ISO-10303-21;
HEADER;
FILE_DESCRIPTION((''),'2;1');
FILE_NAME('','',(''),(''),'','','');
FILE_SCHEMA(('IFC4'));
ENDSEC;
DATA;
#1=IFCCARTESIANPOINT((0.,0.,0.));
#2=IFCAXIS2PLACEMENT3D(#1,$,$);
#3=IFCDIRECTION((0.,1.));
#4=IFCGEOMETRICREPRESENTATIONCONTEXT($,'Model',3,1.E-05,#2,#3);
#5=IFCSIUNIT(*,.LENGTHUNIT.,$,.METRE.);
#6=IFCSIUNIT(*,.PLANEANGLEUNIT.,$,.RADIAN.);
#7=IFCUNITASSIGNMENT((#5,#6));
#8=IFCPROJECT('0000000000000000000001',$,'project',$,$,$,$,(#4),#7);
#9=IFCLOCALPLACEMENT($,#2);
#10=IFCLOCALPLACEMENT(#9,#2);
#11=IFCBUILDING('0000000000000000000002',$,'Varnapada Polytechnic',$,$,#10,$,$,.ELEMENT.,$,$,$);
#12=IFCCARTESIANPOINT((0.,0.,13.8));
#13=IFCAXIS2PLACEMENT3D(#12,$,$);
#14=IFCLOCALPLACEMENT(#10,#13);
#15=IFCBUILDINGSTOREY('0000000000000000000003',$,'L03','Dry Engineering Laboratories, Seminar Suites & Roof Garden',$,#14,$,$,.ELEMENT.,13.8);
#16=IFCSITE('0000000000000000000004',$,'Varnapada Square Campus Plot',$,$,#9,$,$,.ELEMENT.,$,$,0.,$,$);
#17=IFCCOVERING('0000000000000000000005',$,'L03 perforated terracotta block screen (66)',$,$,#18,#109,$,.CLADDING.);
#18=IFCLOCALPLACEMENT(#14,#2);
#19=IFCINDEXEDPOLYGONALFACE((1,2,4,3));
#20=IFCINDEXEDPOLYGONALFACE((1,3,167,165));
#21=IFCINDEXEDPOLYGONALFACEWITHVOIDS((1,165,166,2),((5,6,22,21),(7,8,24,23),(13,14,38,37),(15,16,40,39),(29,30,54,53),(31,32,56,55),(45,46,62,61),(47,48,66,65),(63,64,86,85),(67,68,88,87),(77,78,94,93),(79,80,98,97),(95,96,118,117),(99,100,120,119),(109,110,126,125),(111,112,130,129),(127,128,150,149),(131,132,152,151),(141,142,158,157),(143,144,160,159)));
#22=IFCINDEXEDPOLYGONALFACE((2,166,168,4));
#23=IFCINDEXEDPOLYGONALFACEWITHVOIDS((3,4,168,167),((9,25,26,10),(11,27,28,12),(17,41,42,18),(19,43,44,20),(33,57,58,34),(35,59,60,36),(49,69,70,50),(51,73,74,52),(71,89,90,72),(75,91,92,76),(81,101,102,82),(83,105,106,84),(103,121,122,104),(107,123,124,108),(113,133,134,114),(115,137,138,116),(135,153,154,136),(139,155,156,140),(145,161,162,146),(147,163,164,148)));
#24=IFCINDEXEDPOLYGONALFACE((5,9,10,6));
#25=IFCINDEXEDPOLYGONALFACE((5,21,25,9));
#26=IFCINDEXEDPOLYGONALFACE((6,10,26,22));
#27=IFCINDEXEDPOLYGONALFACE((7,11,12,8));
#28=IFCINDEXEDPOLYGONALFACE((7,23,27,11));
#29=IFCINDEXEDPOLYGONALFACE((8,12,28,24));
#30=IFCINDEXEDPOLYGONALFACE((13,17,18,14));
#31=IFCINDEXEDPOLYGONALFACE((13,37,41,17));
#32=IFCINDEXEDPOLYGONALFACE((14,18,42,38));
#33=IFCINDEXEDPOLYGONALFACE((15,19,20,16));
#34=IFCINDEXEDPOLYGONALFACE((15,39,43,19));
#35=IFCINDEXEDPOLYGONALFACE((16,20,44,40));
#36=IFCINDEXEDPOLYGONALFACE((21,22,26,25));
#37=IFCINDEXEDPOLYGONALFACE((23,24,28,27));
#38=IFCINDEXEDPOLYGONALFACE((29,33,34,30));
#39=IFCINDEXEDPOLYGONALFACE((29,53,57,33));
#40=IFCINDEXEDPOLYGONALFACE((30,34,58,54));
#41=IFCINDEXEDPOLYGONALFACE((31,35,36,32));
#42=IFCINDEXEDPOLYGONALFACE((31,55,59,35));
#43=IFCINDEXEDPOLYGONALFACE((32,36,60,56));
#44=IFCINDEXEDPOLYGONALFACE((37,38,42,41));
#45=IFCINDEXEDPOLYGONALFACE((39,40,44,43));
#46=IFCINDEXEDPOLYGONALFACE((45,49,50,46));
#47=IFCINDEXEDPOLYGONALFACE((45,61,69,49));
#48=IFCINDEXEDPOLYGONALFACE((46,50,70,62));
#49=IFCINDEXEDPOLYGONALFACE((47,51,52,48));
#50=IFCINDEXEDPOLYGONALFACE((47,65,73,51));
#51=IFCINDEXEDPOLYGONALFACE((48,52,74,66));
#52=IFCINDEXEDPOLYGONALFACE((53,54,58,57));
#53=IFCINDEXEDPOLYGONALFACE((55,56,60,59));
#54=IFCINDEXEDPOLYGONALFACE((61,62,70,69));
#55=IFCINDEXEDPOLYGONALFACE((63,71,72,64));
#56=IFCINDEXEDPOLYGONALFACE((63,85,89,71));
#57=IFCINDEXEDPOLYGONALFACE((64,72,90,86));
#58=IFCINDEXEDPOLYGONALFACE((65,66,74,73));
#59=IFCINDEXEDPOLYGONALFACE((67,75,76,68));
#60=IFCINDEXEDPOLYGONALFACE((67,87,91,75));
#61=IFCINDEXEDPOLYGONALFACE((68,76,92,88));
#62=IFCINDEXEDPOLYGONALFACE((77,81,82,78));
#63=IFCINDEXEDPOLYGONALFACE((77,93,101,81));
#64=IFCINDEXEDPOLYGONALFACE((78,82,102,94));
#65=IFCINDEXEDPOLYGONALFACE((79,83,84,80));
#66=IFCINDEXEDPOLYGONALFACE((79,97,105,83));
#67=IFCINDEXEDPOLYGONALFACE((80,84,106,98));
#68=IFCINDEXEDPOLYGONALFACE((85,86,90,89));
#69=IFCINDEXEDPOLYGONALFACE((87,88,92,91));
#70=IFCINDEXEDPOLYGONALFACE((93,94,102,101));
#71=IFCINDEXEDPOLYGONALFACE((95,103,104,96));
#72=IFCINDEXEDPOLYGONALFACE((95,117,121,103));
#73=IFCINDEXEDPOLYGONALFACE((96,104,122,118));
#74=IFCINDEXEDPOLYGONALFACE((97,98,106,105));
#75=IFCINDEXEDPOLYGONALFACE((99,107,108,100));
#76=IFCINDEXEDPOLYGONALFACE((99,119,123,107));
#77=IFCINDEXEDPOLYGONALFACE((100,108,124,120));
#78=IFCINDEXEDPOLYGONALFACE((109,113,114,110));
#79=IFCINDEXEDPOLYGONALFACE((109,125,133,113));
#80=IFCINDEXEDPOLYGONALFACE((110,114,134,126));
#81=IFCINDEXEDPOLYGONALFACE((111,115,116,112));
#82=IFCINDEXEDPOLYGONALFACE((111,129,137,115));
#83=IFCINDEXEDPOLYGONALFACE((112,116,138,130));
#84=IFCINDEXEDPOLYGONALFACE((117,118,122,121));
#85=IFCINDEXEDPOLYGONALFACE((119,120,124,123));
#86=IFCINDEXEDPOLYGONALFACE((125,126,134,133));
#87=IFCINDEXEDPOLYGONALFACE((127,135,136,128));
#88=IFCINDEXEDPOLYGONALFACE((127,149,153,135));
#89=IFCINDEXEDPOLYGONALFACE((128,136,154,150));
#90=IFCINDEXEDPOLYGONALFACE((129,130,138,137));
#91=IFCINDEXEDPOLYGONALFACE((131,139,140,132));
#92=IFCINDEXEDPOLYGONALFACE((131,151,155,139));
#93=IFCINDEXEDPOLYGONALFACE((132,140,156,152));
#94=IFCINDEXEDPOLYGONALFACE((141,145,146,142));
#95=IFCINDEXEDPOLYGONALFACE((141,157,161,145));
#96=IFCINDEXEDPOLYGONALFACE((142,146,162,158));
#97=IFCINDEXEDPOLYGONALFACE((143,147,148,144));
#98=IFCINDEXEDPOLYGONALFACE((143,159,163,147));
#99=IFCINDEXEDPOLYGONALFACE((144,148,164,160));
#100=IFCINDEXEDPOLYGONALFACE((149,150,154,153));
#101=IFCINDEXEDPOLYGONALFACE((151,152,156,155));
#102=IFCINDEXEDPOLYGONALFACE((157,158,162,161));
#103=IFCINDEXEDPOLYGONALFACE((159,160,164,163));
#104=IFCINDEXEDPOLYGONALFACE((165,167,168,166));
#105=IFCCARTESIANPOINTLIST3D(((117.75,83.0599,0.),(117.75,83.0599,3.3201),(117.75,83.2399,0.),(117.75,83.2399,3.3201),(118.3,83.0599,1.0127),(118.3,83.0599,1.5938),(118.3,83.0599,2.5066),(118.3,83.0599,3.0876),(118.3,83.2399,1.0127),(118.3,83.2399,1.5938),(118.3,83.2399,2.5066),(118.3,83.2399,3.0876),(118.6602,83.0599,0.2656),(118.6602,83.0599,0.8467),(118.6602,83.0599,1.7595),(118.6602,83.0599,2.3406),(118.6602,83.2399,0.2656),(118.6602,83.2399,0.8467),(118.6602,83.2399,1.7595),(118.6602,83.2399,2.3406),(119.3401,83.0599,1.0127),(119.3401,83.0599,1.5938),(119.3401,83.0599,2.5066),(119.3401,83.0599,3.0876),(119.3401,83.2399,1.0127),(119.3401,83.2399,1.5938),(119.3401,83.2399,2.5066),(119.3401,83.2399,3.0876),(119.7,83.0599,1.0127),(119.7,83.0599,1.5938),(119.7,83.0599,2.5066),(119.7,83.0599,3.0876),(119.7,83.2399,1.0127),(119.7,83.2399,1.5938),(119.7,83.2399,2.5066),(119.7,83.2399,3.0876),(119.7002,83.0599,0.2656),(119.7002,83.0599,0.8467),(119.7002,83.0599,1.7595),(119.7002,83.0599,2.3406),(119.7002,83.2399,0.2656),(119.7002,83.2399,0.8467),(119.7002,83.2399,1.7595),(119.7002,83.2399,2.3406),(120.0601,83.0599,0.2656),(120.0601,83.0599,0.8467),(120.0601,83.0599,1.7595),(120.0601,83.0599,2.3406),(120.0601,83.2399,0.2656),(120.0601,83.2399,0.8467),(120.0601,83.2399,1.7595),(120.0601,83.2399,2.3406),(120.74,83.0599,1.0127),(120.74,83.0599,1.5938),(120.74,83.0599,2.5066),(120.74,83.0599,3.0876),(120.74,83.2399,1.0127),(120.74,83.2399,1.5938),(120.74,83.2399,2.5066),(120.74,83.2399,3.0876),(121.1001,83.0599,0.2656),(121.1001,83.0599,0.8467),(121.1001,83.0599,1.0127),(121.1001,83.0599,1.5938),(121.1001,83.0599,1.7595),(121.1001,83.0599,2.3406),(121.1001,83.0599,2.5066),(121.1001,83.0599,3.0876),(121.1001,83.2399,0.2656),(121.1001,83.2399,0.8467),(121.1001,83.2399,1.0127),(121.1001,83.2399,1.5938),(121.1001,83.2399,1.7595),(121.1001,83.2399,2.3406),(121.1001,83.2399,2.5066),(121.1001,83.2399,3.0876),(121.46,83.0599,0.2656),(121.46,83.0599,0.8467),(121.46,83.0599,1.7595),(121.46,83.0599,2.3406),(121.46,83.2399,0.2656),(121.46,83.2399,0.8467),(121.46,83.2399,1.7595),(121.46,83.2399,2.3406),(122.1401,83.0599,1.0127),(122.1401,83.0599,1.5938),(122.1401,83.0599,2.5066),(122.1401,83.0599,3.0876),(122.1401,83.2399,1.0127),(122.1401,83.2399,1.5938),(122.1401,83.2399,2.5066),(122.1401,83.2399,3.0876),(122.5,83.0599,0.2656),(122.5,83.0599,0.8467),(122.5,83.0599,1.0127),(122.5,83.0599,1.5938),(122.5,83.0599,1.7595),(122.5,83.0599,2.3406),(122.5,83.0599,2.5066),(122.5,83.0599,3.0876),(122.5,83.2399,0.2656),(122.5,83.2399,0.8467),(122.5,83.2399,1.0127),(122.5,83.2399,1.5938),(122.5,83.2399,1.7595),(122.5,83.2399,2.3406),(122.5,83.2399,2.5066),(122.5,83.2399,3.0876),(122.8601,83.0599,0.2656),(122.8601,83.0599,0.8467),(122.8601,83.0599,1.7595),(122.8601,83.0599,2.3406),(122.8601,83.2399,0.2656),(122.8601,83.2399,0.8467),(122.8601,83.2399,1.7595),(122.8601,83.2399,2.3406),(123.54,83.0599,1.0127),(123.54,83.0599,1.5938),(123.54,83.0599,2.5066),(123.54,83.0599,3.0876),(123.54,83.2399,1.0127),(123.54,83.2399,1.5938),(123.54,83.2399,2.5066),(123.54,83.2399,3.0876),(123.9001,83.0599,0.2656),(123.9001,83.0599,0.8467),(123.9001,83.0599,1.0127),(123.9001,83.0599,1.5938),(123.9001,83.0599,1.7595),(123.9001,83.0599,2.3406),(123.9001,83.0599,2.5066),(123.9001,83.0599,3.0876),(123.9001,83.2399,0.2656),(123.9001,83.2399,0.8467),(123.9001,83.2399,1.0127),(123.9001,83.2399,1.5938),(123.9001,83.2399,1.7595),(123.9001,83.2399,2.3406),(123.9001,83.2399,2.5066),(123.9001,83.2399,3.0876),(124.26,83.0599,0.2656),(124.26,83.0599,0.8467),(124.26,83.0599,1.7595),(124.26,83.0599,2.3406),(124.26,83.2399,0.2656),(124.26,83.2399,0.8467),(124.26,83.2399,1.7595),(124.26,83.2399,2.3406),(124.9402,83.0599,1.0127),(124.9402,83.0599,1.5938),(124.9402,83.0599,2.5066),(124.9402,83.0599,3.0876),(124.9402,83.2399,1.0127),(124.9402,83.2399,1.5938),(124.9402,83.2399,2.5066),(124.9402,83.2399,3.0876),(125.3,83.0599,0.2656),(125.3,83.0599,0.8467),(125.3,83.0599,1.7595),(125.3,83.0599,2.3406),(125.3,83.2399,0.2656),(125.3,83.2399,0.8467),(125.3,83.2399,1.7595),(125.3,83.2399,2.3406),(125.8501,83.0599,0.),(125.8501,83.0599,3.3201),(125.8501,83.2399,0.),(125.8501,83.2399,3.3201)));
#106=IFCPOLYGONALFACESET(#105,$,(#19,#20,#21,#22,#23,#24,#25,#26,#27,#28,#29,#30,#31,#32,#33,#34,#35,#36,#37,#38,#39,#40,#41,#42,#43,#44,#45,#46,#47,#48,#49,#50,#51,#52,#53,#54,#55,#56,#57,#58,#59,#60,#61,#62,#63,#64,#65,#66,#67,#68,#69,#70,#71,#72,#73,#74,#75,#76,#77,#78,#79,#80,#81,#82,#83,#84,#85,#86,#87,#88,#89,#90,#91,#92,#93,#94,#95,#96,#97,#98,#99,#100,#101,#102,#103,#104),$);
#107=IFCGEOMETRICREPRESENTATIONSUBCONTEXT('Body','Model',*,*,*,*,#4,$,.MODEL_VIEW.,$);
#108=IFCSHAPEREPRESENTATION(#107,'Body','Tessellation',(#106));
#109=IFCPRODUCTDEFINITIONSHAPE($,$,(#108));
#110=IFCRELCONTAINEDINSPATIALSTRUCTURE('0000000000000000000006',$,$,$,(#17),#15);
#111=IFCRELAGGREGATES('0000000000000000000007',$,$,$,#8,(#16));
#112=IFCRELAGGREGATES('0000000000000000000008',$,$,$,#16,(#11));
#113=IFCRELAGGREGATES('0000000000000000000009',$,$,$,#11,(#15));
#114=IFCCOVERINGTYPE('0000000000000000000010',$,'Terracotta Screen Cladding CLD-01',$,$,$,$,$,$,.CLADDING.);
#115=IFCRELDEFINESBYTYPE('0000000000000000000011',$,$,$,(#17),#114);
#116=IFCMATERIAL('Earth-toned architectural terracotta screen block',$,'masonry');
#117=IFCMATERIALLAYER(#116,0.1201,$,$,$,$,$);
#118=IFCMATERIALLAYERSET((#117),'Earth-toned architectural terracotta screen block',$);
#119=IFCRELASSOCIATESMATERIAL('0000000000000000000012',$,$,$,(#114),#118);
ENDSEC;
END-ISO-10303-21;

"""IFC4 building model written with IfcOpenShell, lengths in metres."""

from ifc_helpers import new_model, si_unit, direction, frame, frame_2d, origin, place, context, subcontext, project, spatial, rectangle, extrude, material, layer, layer_set, type_object, element, save


model = new_model("IFC4")

# Units and contexts
model_context = context("Model", 3, precision=1e-05, world=origin(), true_north=direction((0.0, 1.0)))
body_context = subcontext(model_context, "Body", "Model", "MODEL_VIEW")
ifc_project = project(units=[si_unit("LENGTHUNIT", "METRE"), si_unit("PLANEANGLEUNIT", "RADIAN")], contexts=[model_context])

# Site, building, storey
site_placement = place(None, origin())
site = spatial("IfcSite", under=ifc_project, at=site_placement, Name="Varnapada Square Campus Plot", CompositionType="ELEMENT", RefElevation=0.0)
building_placement = place(site_placement, origin())
building = spatial("IfcBuilding", under=site, at=building_placement, Name="Varnapada Polytechnic", CompositionType="ELEMENT")
storey_placement = place(building_placement, frame((0.0, 0.0, 13.8)))
storey = spatial("IfcBuildingStorey", under=building, at=storey_placement, Name="L03", Description="Dry Engineering Laboratories, Seminar Suites & Roof Garden", CompositionType="ELEMENT", Elevation=13.8)

# Covering, openings
ifc_material_1 = material(Name="Earth-toned architectural terracotta screen block", Category="masonry")
ifc_layer_1 = layer(ifc_material_1, 0.1201)
ifc_layer_set_1 = layer_set([ifc_layer_1], Name="Earth-toned architectural terracotta screen block")
covering_type = type_object("IfcCoveringType", Name="Terracotta Screen Cladding CLD-01", PredefinedType="CLADDING", material=ifc_layer_set_1)
covering_placement = place(storey_placement, frame((125.8501, 83.1499, 0.0), z_axis=(0.0, 0.0, 1.0), x_axis=(-1.0, 0.0, 0.0)))
covering = element("IfcCovering", 1, at=covering_placement, inside=storey, type_object=covering_type, Name="L03 perforated terracotta block screen (66)", PredefinedType="CLADDING", context=body_context, shape_type="SweptSolid", body=[
    extrude(rectangle(XDim=8.1001, YDim=0.1799, at=frame_2d((4.05, 0.0))), origin(), (0.0, 0.0, 1.0), 3.3201),
])
opening_1_placement = place(covering_placement, frame((0.55, 0.0, 0.2656)))
element("IfcOpeningElement", 2, at=opening_1_placement, cuts=covering, PredefinedType="OPENING", context=body_context, shape_type="SweptSolid", body=[
    extrude(rectangle(XDim=1.04, YDim=0.5811, at=frame_2d((0.52, 0.2905))), frame((0.0, 0.0999, 0.0), z_axis=(0.0, -1.0, 0.0), x_axis=(1.0, 0.0, 0.0)), (0.0, 0.0, 1.0), 0.2),
])
opening_2_placement = place(covering_placement, frame((1.95, 0.0, 0.2656)))
element("IfcOpeningElement", 3, at=opening_2_placement, cuts=covering, PredefinedType="OPENING", context=body_context, shape_type="SweptSolid", body=[
    extrude(rectangle(XDim=1.04, YDim=0.5811, at=frame_2d((0.52, 0.2905))), frame((0.0, 0.0999, 0.0), z_axis=(0.0, -1.0, 0.0), x_axis=(1.0, 0.0, 0.0)), (0.0, 0.0, 1.0), 0.2),
])
opening_3_placement = place(covering_placement, frame((3.3501, 0.0, 0.2656)))
element("IfcOpeningElement", 4, at=opening_3_placement, cuts=covering, PredefinedType="OPENING", context=body_context, shape_type="SweptSolid", body=[
    extrude(rectangle(XDim=1.04, YDim=0.5811, at=frame_2d((0.52, 0.2905))), frame((0.0, 0.0999, 0.0), z_axis=(0.0, -1.0, 0.0), x_axis=(1.0, 0.0, 0.0)), (0.0, 0.0, 1.0), 0.2),
])
opening_4_placement = place(covering_placement, frame((4.75, 0.0, 0.2656)))
element("IfcOpeningElement", 5, at=opening_4_placement, cuts=covering, PredefinedType="OPENING", context=body_context, shape_type="SweptSolid", body=[
    extrude(rectangle(XDim=1.04, YDim=0.5811, at=frame_2d((0.52, 0.2905))), frame((0.0, 0.0999, 0.0), z_axis=(0.0, -1.0, 0.0), x_axis=(1.0, 0.0, 0.0)), (0.0, 0.0, 1.0), 0.2),
])
opening_5_placement = place(covering_placement, frame((6.1499, 0.0, 0.2656)))
element("IfcOpeningElement", 6, at=opening_5_placement, cuts=covering, PredefinedType="OPENING", context=body_context, shape_type="SweptSolid", body=[
    extrude(rectangle(XDim=1.04, YDim=0.5811, at=frame_2d((0.52, 0.2905))), frame((0.0, 0.0999, 0.0), z_axis=(0.0, -1.0, 0.0), x_axis=(1.0, 0.0, 0.0)), (0.0, 0.0, 1.0), 0.2),
])
opening_6_placement = place(covering_placement, frame((0.9099, 0.0, 1.0127)))
element("IfcOpeningElement", 7, at=opening_6_placement, cuts=covering, PredefinedType="OPENING", context=body_context, shape_type="SweptSolid", body=[
    extrude(rectangle(XDim=1.04, YDim=0.5811, at=frame_2d((0.52, 0.2905))), frame((0.0, 0.0999, 0.0), z_axis=(0.0, -1.0, 0.0), x_axis=(1.0, 0.0, 0.0)), (0.0, 0.0, 1.0), 0.2),
])
opening_7_placement = place(covering_placement, frame((2.3101, 0.0, 1.0127)))
element("IfcOpeningElement", 8, at=opening_7_placement, cuts=covering, PredefinedType="OPENING", context=body_context, shape_type="SweptSolid", body=[
    extrude(rectangle(XDim=1.04, YDim=0.5811, at=frame_2d((0.52, 0.2905))), frame((0.0, 0.0999, 0.0), z_axis=(0.0, -1.0, 0.0), x_axis=(1.0, 0.0, 0.0)), (0.0, 0.0, 1.0), 0.2),
])
opening_8_placement = place(covering_placement, frame((3.71, 0.0, 1.0127)))
element("IfcOpeningElement", 9, at=opening_8_placement, cuts=covering, PredefinedType="OPENING", context=body_context, shape_type="SweptSolid", body=[
    extrude(rectangle(XDim=1.04, YDim=0.5811, at=frame_2d((0.52, 0.2905))), frame((0.0, 0.0999, 0.0), z_axis=(0.0, -1.0, 0.0), x_axis=(1.0, 0.0, 0.0)), (0.0, 0.0, 1.0), 0.2),
])
opening_9_placement = place(covering_placement, frame((5.1101, 0.0, 1.0127)))
element("IfcOpeningElement", 10, at=opening_9_placement, cuts=covering, PredefinedType="OPENING", context=body_context, shape_type="SweptSolid", body=[
    extrude(rectangle(XDim=1.04, YDim=0.5811, at=frame_2d((0.52, 0.2905))), frame((0.0, 0.0999, 0.0), z_axis=(0.0, -1.0, 0.0), x_axis=(1.0, 0.0, 0.0)), (0.0, 0.0, 1.0), 0.2),
])
opening_10_placement = place(covering_placement, frame((6.51, 0.0, 1.0127)))
element("IfcOpeningElement", 11, at=opening_10_placement, cuts=covering, PredefinedType="OPENING", context=body_context, shape_type="SweptSolid", body=[
    extrude(rectangle(XDim=1.04, YDim=0.5811, at=frame_2d((0.52, 0.2905))), frame((0.0, 0.0999, 0.0), z_axis=(0.0, -1.0, 0.0), x_axis=(1.0, 0.0, 0.0)), (0.0, 0.0, 1.0), 0.2),
])
opening_11_placement = place(covering_placement, frame((0.55, 0.0, 1.7595)))
element("IfcOpeningElement", 12, at=opening_11_placement, cuts=covering, PredefinedType="OPENING", context=body_context, shape_type="SweptSolid", body=[
    extrude(rectangle(XDim=1.04, YDim=0.5811, at=frame_2d((0.52, 0.2905))), frame((0.0, 0.0999, 0.0), z_axis=(0.0, -1.0, 0.0), x_axis=(1.0, 0.0, 0.0)), (0.0, 0.0, 1.0), 0.2),
])
opening_12_placement = place(covering_placement, frame((1.95, 0.0, 1.7595)))
element("IfcOpeningElement", 13, at=opening_12_placement, cuts=covering, PredefinedType="OPENING", context=body_context, shape_type="SweptSolid", body=[
    extrude(rectangle(XDim=1.04, YDim=0.5811, at=frame_2d((0.52, 0.2905))), frame((0.0, 0.0999, 0.0), z_axis=(0.0, -1.0, 0.0), x_axis=(1.0, 0.0, 0.0)), (0.0, 0.0, 1.0), 0.2),
])
opening_13_placement = place(covering_placement, frame((3.3501, 0.0, 1.7595)))
element("IfcOpeningElement", 14, at=opening_13_placement, cuts=covering, PredefinedType="OPENING", context=body_context, shape_type="SweptSolid", body=[
    extrude(rectangle(XDim=1.04, YDim=0.5811, at=frame_2d((0.52, 0.2905))), frame((0.0, 0.0999, 0.0), z_axis=(0.0, -1.0, 0.0), x_axis=(1.0, 0.0, 0.0)), (0.0, 0.0, 1.0), 0.2),
])
opening_14_placement = place(covering_placement, frame((4.75, 0.0, 1.7595)))
element("IfcOpeningElement", 15, at=opening_14_placement, cuts=covering, PredefinedType="OPENING", context=body_context, shape_type="SweptSolid", body=[
    extrude(rectangle(XDim=1.04, YDim=0.5811, at=frame_2d((0.52, 0.2905))), frame((0.0, 0.0999, 0.0), z_axis=(0.0, -1.0, 0.0), x_axis=(1.0, 0.0, 0.0)), (0.0, 0.0, 1.0), 0.2),
])
opening_15_placement = place(covering_placement, frame((6.1499, 0.0, 1.7595)))
element("IfcOpeningElement", 16, at=opening_15_placement, cuts=covering, PredefinedType="OPENING", context=body_context, shape_type="SweptSolid", body=[
    extrude(rectangle(XDim=1.04, YDim=0.5811, at=frame_2d((0.52, 0.2905))), frame((0.0, 0.0999, 0.0), z_axis=(0.0, -1.0, 0.0), x_axis=(1.0, 0.0, 0.0)), (0.0, 0.0, 1.0), 0.2),
])
opening_16_placement = place(covering_placement, frame((0.9099, 0.0, 2.5066)))
element("IfcOpeningElement", 17, at=opening_16_placement, cuts=covering, PredefinedType="OPENING", context=body_context, shape_type="SweptSolid", body=[
    extrude(rectangle(XDim=1.04, YDim=0.5811, at=frame_2d((0.52, 0.2905))), frame((0.0, 0.0999, 0.0), z_axis=(0.0, -1.0, 0.0), x_axis=(1.0, 0.0, 0.0)), (0.0, 0.0, 1.0), 0.2),
])
opening_17_placement = place(covering_placement, frame((2.3101, 0.0, 2.5066)))
element("IfcOpeningElement", 18, at=opening_17_placement, cuts=covering, PredefinedType="OPENING", context=body_context, shape_type="SweptSolid", body=[
    extrude(rectangle(XDim=1.04, YDim=0.5811, at=frame_2d((0.52, 0.2905))), frame((0.0, 0.0999, 0.0), z_axis=(0.0, -1.0, 0.0), x_axis=(1.0, 0.0, 0.0)), (0.0, 0.0, 1.0), 0.2),
])
opening_18_placement = place(covering_placement, frame((3.71, 0.0, 2.5066)))
element("IfcOpeningElement", 19, at=opening_18_placement, cuts=covering, PredefinedType="OPENING", context=body_context, shape_type="SweptSolid", body=[
    extrude(rectangle(XDim=1.04, YDim=0.5811, at=frame_2d((0.52, 0.2905))), frame((0.0, 0.0999, 0.0), z_axis=(0.0, -1.0, 0.0), x_axis=(1.0, 0.0, 0.0)), (0.0, 0.0, 1.0), 0.2),
])
opening_19_placement = place(covering_placement, frame((5.1101, 0.0, 2.5066)))
element("IfcOpeningElement", 20, at=opening_19_placement, cuts=covering, PredefinedType="OPENING", context=body_context, shape_type="SweptSolid", body=[
    extrude(rectangle(XDim=1.04, YDim=0.5811, at=frame_2d((0.52, 0.2905))), frame((0.0, 0.0999, 0.0), z_axis=(0.0, -1.0, 0.0), x_axis=(1.0, 0.0, 0.0)), (0.0, 0.0, 1.0), 0.2),
])
opening_20_placement = place(covering_placement, frame((6.51, 0.0, 2.5066)))
element("IfcOpeningElement", 21, at=opening_20_placement, cuts=covering, PredefinedType="OPENING", context=body_context, shape_type="SweptSolid", body=[
    extrude(rectangle(XDim=1.04, YDim=0.5811, at=frame_2d((0.52, 0.2905))), frame((0.0, 0.0999, 0.0), z_axis=(0.0, -1.0, 0.0), x_axis=(1.0, 0.0, 0.0)), (0.0, 0.0, 1.0), 0.2),
])

save(model, "model.ifc")
